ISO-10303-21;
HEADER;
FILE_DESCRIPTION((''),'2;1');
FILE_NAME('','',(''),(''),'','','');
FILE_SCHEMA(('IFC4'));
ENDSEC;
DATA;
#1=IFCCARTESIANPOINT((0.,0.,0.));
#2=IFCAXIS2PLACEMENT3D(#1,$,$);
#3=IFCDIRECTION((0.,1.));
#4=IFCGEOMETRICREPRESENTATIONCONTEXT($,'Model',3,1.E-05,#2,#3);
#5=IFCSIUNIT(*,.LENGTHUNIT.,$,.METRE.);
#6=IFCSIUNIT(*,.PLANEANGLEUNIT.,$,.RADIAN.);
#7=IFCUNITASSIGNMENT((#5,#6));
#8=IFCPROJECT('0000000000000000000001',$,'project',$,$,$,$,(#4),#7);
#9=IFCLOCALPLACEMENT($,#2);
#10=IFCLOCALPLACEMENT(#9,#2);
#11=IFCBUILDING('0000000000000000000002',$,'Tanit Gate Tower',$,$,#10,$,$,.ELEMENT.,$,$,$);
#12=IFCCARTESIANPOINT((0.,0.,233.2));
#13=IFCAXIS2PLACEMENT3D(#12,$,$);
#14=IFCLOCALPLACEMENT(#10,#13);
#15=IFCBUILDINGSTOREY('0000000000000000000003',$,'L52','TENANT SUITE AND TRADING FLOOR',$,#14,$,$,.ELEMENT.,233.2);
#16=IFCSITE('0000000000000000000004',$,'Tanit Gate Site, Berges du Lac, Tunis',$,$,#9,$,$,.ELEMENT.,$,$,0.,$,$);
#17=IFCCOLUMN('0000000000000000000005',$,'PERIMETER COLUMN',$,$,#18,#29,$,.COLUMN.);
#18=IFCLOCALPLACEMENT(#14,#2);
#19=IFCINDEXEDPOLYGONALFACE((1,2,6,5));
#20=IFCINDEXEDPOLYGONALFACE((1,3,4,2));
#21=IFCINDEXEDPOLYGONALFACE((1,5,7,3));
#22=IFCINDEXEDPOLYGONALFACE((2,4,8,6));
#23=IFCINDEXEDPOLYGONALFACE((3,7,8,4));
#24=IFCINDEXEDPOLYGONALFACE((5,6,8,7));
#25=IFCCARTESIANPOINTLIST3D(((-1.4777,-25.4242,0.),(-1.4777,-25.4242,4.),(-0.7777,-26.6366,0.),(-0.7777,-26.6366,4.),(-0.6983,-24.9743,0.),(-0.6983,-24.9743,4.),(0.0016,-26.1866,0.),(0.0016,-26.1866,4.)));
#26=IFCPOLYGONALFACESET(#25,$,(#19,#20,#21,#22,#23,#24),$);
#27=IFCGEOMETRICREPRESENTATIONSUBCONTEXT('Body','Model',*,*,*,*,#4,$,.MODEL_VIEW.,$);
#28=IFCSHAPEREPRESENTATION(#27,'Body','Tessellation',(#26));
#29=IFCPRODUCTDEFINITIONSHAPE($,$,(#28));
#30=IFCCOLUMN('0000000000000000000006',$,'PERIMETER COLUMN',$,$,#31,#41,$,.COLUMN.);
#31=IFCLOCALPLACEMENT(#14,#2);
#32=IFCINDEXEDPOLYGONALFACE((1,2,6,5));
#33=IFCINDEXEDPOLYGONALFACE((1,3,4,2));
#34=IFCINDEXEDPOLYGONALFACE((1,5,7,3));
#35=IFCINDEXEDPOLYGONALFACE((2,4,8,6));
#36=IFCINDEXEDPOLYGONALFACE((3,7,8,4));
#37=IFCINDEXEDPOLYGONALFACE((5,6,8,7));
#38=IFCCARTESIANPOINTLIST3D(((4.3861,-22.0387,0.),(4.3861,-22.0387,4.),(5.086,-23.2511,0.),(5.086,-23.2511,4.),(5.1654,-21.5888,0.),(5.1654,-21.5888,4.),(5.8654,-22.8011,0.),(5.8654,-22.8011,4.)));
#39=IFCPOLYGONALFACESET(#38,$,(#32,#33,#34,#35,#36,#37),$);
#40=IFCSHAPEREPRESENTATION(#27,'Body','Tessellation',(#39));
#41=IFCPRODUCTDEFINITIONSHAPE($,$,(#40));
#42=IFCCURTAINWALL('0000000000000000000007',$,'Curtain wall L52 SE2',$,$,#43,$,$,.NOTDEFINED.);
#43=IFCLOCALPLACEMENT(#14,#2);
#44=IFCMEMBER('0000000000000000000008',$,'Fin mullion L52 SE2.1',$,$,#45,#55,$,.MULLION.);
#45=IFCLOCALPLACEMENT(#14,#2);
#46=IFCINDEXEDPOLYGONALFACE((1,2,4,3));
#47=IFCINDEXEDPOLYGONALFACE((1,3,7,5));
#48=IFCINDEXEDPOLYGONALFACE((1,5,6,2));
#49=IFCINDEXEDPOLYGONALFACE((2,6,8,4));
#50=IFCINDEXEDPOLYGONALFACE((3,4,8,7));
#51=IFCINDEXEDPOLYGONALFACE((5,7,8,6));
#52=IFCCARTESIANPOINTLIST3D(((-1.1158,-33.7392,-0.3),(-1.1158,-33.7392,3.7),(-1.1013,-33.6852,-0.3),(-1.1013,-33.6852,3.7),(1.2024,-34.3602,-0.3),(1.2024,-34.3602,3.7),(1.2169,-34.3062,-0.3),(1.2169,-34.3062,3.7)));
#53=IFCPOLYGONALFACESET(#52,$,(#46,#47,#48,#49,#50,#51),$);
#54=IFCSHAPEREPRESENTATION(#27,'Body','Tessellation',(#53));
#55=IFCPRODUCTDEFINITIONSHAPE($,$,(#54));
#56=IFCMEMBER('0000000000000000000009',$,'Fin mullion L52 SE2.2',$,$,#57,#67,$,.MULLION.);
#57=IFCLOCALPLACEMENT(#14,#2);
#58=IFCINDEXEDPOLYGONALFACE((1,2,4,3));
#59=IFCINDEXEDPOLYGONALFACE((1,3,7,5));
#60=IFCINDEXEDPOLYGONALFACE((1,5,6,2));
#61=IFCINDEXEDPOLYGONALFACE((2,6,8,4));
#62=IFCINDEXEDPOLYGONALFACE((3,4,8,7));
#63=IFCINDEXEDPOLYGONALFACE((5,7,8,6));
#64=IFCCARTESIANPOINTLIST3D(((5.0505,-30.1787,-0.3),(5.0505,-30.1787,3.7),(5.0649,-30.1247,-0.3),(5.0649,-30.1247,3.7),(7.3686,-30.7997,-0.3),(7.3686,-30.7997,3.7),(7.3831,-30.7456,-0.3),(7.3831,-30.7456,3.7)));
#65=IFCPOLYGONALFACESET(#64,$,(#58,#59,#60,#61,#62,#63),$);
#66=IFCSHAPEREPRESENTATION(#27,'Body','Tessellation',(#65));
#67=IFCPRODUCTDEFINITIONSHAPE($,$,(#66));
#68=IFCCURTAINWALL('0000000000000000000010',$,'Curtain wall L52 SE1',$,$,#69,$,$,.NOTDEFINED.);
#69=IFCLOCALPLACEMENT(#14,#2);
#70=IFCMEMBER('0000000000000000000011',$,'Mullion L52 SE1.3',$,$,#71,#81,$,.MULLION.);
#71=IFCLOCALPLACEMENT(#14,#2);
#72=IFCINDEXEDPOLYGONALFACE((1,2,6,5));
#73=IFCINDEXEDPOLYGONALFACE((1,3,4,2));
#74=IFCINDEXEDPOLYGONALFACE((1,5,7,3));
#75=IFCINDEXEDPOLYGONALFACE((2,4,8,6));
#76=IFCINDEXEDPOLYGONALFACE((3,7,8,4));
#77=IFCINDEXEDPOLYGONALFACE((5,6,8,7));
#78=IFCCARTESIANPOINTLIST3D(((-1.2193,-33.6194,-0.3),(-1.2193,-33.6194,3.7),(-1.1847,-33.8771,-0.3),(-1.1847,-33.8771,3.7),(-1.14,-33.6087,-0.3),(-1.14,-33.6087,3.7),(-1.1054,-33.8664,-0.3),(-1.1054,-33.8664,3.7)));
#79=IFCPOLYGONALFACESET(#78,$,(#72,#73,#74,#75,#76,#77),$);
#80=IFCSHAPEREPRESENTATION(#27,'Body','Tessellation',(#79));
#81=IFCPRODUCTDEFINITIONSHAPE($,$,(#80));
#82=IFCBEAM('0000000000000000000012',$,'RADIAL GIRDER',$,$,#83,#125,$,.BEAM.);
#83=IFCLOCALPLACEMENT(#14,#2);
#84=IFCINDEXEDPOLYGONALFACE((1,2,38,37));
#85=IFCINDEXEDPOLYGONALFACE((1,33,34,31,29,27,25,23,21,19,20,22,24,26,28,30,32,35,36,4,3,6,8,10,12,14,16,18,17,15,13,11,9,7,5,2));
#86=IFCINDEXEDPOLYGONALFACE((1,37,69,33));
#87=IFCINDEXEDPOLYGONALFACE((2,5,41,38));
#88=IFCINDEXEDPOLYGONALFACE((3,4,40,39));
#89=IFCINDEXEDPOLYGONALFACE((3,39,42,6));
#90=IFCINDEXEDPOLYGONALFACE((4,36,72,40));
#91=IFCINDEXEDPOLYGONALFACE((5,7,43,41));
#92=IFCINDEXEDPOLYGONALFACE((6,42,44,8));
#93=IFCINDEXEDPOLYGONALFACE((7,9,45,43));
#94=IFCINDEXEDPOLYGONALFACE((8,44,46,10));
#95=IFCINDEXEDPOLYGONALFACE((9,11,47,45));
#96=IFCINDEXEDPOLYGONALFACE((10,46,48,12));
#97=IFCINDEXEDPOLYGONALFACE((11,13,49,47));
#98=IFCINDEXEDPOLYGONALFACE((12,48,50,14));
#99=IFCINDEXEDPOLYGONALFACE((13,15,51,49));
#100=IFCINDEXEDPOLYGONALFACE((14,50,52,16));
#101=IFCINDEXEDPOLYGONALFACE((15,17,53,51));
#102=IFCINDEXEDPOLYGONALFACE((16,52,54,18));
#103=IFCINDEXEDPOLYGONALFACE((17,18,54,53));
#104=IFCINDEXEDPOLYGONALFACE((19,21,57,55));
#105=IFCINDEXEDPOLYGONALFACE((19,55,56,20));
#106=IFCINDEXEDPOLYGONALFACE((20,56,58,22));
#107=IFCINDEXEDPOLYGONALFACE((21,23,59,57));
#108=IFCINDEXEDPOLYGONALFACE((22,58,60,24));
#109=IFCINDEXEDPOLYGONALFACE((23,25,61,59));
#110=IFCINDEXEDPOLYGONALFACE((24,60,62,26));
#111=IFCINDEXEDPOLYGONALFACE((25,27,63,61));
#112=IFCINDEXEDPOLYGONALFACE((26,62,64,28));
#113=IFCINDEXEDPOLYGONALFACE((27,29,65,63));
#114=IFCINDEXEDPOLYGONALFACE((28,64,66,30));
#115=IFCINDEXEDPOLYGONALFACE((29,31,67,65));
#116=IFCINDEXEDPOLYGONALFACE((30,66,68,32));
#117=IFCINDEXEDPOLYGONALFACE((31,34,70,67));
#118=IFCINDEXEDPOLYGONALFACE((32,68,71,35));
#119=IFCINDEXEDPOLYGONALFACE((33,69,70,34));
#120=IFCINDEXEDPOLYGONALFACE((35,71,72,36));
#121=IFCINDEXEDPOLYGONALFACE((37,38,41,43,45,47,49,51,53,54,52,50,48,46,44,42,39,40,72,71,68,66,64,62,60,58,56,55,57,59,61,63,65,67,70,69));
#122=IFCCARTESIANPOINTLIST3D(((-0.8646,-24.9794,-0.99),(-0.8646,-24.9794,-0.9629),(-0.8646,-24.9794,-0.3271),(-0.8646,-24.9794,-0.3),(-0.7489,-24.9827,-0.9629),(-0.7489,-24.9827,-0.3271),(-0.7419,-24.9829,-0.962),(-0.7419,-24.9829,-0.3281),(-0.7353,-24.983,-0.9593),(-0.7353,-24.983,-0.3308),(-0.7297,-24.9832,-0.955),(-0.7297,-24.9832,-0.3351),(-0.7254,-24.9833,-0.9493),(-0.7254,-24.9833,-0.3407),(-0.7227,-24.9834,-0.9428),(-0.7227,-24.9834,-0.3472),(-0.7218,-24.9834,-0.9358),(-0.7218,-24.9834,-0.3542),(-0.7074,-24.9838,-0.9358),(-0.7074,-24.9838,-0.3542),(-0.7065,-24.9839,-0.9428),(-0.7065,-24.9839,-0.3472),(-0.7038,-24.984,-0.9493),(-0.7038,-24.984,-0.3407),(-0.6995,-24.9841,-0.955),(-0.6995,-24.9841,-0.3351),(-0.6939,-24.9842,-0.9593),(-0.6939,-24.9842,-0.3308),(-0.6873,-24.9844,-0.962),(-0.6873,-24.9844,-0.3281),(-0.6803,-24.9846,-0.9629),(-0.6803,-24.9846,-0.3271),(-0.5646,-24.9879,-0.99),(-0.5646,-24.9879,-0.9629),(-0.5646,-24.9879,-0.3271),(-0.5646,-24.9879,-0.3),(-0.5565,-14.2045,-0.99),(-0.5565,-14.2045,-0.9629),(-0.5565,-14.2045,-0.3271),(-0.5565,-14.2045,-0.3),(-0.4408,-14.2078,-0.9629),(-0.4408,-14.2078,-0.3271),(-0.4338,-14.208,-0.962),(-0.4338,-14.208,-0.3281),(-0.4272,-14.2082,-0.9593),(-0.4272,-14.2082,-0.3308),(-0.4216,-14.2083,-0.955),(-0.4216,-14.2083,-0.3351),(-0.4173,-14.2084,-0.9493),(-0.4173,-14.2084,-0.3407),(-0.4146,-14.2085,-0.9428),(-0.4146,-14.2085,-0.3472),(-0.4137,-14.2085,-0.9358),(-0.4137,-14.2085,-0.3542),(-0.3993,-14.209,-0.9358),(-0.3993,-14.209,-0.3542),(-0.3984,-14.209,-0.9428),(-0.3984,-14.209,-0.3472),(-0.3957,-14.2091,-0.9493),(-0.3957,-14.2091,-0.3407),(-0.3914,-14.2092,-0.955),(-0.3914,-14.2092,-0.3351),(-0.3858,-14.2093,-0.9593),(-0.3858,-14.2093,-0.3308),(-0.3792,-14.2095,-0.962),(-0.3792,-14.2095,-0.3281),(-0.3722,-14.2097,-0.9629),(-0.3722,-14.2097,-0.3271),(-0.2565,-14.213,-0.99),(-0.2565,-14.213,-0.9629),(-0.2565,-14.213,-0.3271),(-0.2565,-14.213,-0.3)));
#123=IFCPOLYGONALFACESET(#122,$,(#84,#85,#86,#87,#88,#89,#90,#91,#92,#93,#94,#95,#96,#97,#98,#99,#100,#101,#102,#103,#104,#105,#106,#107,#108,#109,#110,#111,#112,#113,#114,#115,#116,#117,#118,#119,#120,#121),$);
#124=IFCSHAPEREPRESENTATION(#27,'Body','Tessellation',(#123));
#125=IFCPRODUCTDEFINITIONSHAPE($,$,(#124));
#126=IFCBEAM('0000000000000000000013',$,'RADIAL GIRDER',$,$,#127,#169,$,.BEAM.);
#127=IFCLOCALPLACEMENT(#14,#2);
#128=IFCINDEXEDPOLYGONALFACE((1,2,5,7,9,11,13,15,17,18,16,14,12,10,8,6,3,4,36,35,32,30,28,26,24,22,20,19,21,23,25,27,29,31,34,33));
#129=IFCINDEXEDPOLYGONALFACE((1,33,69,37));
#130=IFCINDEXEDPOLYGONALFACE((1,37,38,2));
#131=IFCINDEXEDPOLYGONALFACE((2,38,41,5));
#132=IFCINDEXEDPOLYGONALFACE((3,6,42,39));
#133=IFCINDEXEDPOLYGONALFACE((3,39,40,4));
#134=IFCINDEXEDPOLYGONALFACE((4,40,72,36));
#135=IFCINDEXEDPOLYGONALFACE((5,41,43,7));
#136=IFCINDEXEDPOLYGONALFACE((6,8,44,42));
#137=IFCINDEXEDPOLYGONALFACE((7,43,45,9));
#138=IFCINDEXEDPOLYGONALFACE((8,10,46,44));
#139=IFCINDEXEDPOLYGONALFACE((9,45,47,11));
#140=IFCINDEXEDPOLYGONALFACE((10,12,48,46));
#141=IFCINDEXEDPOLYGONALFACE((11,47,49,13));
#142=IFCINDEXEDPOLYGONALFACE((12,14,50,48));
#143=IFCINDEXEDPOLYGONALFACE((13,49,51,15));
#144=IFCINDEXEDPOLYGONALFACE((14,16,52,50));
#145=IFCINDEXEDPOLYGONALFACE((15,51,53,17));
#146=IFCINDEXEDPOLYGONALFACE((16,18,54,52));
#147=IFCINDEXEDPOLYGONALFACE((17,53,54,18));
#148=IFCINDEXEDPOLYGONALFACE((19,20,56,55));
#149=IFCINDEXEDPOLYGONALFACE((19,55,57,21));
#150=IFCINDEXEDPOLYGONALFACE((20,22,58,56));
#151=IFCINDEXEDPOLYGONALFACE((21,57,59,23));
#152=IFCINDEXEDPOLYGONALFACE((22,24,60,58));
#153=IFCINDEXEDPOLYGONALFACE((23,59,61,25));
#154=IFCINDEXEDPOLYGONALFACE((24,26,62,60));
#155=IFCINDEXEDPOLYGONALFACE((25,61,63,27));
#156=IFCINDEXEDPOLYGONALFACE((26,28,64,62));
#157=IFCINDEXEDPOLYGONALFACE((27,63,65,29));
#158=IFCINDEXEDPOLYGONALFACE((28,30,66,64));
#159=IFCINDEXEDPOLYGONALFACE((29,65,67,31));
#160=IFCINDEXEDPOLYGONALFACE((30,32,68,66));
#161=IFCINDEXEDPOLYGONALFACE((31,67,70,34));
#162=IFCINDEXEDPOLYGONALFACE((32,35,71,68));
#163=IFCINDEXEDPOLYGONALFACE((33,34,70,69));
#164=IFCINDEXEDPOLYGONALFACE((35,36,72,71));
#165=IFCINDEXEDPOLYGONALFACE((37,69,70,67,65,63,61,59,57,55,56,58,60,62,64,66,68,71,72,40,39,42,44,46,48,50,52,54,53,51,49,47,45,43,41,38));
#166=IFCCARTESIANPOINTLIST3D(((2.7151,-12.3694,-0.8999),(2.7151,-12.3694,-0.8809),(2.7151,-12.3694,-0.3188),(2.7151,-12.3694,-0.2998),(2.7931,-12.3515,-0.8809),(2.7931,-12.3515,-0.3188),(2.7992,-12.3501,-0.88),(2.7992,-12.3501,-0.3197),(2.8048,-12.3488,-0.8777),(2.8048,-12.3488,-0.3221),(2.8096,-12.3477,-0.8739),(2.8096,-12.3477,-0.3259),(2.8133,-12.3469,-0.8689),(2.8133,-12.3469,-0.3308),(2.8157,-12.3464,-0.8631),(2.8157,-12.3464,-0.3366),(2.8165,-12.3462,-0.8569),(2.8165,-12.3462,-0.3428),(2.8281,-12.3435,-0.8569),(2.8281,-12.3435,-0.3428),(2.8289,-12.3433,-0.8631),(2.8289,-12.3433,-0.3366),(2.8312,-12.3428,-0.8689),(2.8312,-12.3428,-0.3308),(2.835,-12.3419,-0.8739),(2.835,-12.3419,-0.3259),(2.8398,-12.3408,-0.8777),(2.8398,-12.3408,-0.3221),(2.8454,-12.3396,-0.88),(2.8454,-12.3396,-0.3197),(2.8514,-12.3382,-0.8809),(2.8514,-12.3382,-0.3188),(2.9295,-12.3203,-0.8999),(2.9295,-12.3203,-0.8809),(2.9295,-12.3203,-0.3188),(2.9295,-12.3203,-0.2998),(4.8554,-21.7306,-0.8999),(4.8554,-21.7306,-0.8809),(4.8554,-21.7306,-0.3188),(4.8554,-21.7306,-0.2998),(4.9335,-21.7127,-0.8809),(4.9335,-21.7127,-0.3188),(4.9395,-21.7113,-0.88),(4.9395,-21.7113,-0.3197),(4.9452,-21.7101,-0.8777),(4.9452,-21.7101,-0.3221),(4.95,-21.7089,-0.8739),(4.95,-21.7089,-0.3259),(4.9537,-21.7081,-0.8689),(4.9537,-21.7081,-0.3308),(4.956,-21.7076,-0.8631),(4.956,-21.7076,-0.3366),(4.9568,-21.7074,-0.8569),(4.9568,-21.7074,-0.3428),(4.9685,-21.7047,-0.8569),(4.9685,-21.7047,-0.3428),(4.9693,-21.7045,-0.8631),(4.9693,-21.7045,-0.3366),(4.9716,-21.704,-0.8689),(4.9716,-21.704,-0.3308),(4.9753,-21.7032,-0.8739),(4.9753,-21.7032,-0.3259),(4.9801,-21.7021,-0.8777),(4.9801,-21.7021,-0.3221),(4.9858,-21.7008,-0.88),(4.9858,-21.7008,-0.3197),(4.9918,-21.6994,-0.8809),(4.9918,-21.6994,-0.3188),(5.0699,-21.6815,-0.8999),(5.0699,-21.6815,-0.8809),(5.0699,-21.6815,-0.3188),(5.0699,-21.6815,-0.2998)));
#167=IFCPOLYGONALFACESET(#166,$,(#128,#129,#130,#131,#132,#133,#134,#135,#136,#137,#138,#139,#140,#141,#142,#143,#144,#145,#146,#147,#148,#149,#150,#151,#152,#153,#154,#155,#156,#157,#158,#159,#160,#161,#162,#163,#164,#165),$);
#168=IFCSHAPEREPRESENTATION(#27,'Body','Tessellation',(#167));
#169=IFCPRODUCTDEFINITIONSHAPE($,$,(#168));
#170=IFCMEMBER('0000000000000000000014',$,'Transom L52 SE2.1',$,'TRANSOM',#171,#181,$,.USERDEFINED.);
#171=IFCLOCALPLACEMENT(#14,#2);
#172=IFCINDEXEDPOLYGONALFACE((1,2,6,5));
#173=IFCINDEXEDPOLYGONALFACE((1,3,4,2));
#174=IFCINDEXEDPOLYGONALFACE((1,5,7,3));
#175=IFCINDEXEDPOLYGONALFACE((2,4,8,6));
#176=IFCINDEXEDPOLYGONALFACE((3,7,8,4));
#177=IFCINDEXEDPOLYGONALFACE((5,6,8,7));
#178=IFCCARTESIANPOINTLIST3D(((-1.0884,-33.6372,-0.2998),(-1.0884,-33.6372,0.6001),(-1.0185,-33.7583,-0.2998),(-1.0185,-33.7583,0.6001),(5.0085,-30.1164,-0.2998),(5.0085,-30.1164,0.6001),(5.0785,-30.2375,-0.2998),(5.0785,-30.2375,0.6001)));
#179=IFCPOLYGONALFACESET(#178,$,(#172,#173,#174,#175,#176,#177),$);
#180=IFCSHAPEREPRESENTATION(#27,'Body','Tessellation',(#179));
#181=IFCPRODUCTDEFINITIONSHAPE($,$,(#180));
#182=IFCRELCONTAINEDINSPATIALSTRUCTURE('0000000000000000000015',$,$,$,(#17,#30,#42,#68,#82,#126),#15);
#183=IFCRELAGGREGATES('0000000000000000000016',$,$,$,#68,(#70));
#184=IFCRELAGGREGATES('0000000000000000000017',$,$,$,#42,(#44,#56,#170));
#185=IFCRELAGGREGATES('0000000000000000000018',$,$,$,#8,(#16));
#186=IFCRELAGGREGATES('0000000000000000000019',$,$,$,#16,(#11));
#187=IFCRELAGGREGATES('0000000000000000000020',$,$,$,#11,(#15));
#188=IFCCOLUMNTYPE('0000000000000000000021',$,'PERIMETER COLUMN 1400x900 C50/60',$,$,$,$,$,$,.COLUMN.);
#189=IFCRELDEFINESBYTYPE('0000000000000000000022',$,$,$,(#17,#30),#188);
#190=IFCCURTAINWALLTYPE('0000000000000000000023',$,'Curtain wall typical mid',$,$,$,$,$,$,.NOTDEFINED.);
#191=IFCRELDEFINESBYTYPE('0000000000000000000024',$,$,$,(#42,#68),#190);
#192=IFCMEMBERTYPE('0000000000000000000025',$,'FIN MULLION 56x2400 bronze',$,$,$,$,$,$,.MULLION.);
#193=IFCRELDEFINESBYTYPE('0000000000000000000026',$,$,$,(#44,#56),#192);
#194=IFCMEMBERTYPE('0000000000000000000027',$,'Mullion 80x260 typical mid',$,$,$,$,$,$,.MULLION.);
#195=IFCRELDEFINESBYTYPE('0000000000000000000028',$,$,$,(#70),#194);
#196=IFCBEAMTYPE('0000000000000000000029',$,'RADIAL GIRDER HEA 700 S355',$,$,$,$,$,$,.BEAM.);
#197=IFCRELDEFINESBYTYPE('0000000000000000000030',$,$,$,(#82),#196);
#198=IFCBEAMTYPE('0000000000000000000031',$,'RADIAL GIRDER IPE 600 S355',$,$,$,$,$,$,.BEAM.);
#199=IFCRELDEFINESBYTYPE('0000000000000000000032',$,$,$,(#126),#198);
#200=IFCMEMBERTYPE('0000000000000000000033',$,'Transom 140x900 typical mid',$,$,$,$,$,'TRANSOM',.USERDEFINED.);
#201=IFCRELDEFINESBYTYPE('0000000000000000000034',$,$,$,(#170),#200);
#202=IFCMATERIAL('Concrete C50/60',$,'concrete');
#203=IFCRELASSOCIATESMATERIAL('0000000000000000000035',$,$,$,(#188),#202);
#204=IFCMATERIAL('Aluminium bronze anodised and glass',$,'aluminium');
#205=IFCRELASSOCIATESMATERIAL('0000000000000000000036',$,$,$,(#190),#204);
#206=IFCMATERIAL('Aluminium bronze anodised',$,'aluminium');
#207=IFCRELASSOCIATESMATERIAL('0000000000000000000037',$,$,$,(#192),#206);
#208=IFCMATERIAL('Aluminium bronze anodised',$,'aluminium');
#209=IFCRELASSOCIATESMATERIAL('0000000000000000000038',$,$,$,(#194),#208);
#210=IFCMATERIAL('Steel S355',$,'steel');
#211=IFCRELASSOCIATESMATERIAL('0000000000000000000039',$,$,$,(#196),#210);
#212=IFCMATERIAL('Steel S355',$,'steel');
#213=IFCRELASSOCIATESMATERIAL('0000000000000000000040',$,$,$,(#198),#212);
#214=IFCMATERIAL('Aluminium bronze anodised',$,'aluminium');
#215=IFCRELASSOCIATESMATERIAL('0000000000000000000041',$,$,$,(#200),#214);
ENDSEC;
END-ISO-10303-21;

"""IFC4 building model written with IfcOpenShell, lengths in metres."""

from ifc_helpers import new_model, si_unit, direction, frame, origin, origin_2d, place, context, subcontext, project, spatial, rectangle, i_section, extrude, material, material_profile, profile_set, type_object, element, aggregate, save


model = new_model("IFC4")

# Units and contexts
model_context = context("Model", 3, precision=1e-05, world=origin(), true_north=direction((0.0, 1.0)))
body_context = subcontext(model_context, "Body", "Model", "MODEL_VIEW")
ifc_project = project(units=[si_unit("LENGTHUNIT", "METRE"), si_unit("PLANEANGLEUNIT", "RADIAN")], contexts=[model_context])

# Site, building, storey
site_placement = place(None, origin())
site = spatial("IfcSite", under=ifc_project, at=site_placement, Name="Tanit Gate Site, Berges du Lac, Tunis", CompositionType="ELEMENT", RefElevation=0.0)
building_placement = place(site_placement, origin())
building = spatial("IfcBuilding", under=site, at=building_placement, Name="Tanit Gate Tower", CompositionType="ELEMENT")
storey_placement = place(building_placement, frame((0.0, 0.0, 233.2)))
storey = spatial("IfcBuildingStorey", under=building, at=storey_placement, Name="L52", Description="TENANT SUITE AND TRADING FLOOR", CompositionType="ELEMENT", Elevation=233.2)

# Columns
ifc_material_1 = material(Name="Concrete C50/60", Category="concrete")
ifc_material_profile_1 = material_profile(ifc_material_1, rectangle(XDim=1.3999, YDim=0.8999, at=origin_2d()), Name="RC 1400x900")
ifc_profile_set_1 = profile_set([ifc_material_profile_1], Name="Concrete C50/60")
column_type = type_object("IfcColumnType", Name="PERIMETER COLUMN 1400x900 C50/60", PredefinedType="COLUMN", material=ifc_profile_set_1)
for number, where, z_axis, x_axis, name in (
    (1, (-0.738, -25.8054, 0.0), (0.0, 0.0, 1.0), (0.5, -0.866025, 0.0), "PERIMETER COLUMN"),
    (2, (5.1257, -22.4199, 0.0), (0.0, 0.0, 1.0), (0.5, -0.866025, 0.0), "PERIMETER COLUMN"),
):
    element("IfcColumn", number, at=place(storey_placement, frame(where, z_axis=z_axis, x_axis=x_axis)), inside=storey, type_object=column_type, Name=name, PredefinedType="COLUMN", context=body_context, shape_type="SweptSolid", body=[
        extrude(rectangle(XDim=1.3999, YDim=0.8999, at=origin_2d()), origin(), (0.0, 0.0, 1.0), 4.0),
    ])

# Curtain wall, members
ifc_material_2 = material(Name="Aluminium bronze anodised and glass", Category="aluminium")
curtain_wall_type = type_object("IfcCurtainWallType", Name="Curtain wall typical mid", PredefinedType="NOTDEFINED", material=ifc_material_2)
curtain_wall_1_placement = place(storey_placement, origin())
curtain_wall_1 = element("IfcCurtainWall", 3, at=curtain_wall_1_placement, inside=storey, type_object=curtain_wall_type, Name="Curtain wall L52 SE2", PredefinedType="NOTDEFINED")
ifc_material_3 = material(Name="Aluminium bronze anodised", Category="aluminium")
ifc_material_profile_2 = material_profile(ifc_material_3, rectangle(XDim=2.3999, YDim=0.0559, at=origin_2d()), Name="56x2400 bronze fin mullion")
ifc_profile_set_2 = profile_set([ifc_material_profile_2], Name="Aluminium bronze anodised")
member_type_1 = type_object("IfcMemberType", Name="FIN MULLION 56x2400 bronze", PredefinedType="MULLION", material=ifc_profile_set_2)
member_1_placement = place(storey_placement, frame((0.0505, -34.0227, -0.3), z_axis=(0.0, 0.0, 1.0), x_axis=(-0.965944, 0.258752, 0.0)))
member_1 = element("IfcMember", 4, at=member_1_placement, type_object=member_type_1, Name="Fin mullion L52 SE2.1", PredefinedType="MULLION", context=body_context, shape_type="SweptSolid", body=[
    extrude(rectangle(XDim=2.3999, YDim=0.0559, at=origin_2d()), origin(), (0.0, 0.0, 1.0), 4.0),
])
member_2_placement = place(storey_placement, frame((6.2168, -30.4622, -0.3), z_axis=(0.0, 0.0, 1.0), x_axis=(-0.965944, 0.258752, 0.0)))
member_2 = element("IfcMember", 5, at=member_2_placement, type_object=member_type_1, Name="Fin mullion L52 SE2.2", PredefinedType="MULLION", context=body_context, shape_type="SweptSolid", body=[
    extrude(rectangle(XDim=2.3999, YDim=0.0559, at=origin_2d()), origin(), (0.0, 0.0, 1.0), 4.0),
])

# Curtain wall, member
curtain_wall_2_placement = place(storey_placement, origin())
curtain_wall_2 = element("IfcCurtainWall", 6, at=curtain_wall_2_placement, inside=storey, type_object=curtain_wall_type, Name="Curtain wall L52 SE1", PredefinedType="NOTDEFINED")
ifc_material_4 = material(Name="Aluminium bronze anodised", Category="aluminium")
ifc_material_profile_3 = material_profile(ifc_material_4, rectangle(XDim=0.26, YDim=0.0801, at=origin_2d()), Name="80x260 bronze mullion")
ifc_profile_set_3 = profile_set([ifc_material_profile_3], Name="Aluminium bronze anodised")
member_type_2 = type_object("IfcMemberType", Name="Mullion 80x260 typical mid", PredefinedType="MULLION", material=ifc_profile_set_3)
member_3_placement = place(storey_placement, frame((-1.1624, -33.7429, -0.3), z_axis=(0.0, 0.0, 1.0), x_axis=(-0.133092, 0.991104, 0.0)))
member_3 = element("IfcMember", 7, at=member_3_placement, type_object=member_type_2, Name="Mullion L52 SE1.3", PredefinedType="MULLION", context=body_context, shape_type="SweptSolid", body=[
    extrude(rectangle(XDim=0.26, YDim=0.0801, at=origin_2d()), origin(), (0.0, 0.0, 1.0), 4.0),
])
aggregate(curtain_wall_2, [member_3])

# Beams
ifc_material_5 = material(Name="Steel S355", Category="steel")
ifc_material_profile_4 = material_profile(ifc_material_5, i_section(OverallWidth=0.3, OverallDepth=0.6899, WebThickness=0.0144, FlangeThickness=0.0271, FilletRadius=0.0271, at=origin_2d()), Name="HEA 700")
ifc_profile_set_4 = profile_set([ifc_material_profile_4], Name="Steel S355")
beam_type_1 = type_object("IfcBeamType", Name="RADIAL GIRDER HEA 700 S355", PredefinedType="BEAM", material=ifc_profile_set_4)
beam_1_placement = place(storey_placement, frame((-0.7146, -24.9836, -0.645), z_axis=(0.028583, 0.999591, 0.0), x_axis=(-0.999591, 0.028583, 0.0)))
element("IfcBeam", 8, at=beam_1_placement, inside=storey, type_object=beam_type_1, Name="RADIAL GIRDER", PredefinedType="BEAM", context=body_context, shape_type="SweptSolid", body=[
    extrude(i_section(OverallWidth=0.3, OverallDepth=0.6899, WebThickness=0.0144, FlangeThickness=0.0271, FilletRadius=0.0271, at=origin_2d()), origin(), (0.0, 0.0, 1.0), 10.7793),
])
ifc_material_6 = material(Name="Steel S355", Category="steel")
ifc_material_profile_5 = material_profile(ifc_material_6, i_section(OverallWidth=0.22, OverallDepth=0.6001, WebThickness=0.012, FlangeThickness=0.019, FilletRadius=0.0239, at=origin_2d()), Name="IPE 600")
ifc_profile_set_5 = profile_set([ifc_material_profile_5], Name="Steel S355")
beam_type_2 = type_object("IfcBeamType", Name="RADIAL GIRDER IPE 600 S355", PredefinedType="BEAM", material=ifc_profile_set_5)
beam_2_placement = place(storey_placement, frame((4.9626, -21.7061, -0.5999), z_axis=(-0.222889, 0.974844, 0.0), x_axis=(-0.974844, -0.222889, 0.0)))
element("IfcBeam", 9, at=beam_2_placement, inside=storey, type_object=beam_type_2, Name="RADIAL GIRDER", PredefinedType="BEAM", context=body_context, shape_type="SweptSolid", body=[
    extrude(i_section(OverallWidth=0.22, OverallDepth=0.6001, WebThickness=0.012, FlangeThickness=0.019, FilletRadius=0.0239, at=origin_2d()), origin(), (0.0, 0.0, 1.0), 9.6028),
])

# Member
ifc_material_7 = material(Name="Aluminium bronze anodised", Category="aluminium")
ifc_material_profile_6 = material_profile(ifc_material_7, rectangle(XDim=0.1399, YDim=0.8999, at=origin_2d()), Name="140x900 bronze transom")
ifc_profile_set_6 = profile_set([ifc_material_profile_6], Name="Aluminium bronze anodised")
member_type_3 = type_object("IfcMemberType", Name="Transom 140x900 typical mid", ElementType="TRANSOM", PredefinedType="USERDEFINED", material=ifc_profile_set_6)
member_4_placement = place(storey_placement, frame((-1.0535, -33.6978, 0.1501), z_axis=(0.865983, 0.500074, 0.0), x_axis=(-0.500074, 0.865983, 0.0)))
member_4 = element("IfcMember", 10, at=member_4_placement, type_object=member_type_3, Name="Transom L52 SE2.1", ObjectType="TRANSOM", PredefinedType="USERDEFINED", context=body_context, shape_type="SweptSolid", body=[
    extrude(rectangle(XDim=0.1399, YDim=0.8999, at=origin_2d()), origin(), (0.0, 0.0, 1.0), 7.0405),
])

aggregate(curtain_wall_1, [member_1, member_2, member_4])

save(model, "model.ifc")
